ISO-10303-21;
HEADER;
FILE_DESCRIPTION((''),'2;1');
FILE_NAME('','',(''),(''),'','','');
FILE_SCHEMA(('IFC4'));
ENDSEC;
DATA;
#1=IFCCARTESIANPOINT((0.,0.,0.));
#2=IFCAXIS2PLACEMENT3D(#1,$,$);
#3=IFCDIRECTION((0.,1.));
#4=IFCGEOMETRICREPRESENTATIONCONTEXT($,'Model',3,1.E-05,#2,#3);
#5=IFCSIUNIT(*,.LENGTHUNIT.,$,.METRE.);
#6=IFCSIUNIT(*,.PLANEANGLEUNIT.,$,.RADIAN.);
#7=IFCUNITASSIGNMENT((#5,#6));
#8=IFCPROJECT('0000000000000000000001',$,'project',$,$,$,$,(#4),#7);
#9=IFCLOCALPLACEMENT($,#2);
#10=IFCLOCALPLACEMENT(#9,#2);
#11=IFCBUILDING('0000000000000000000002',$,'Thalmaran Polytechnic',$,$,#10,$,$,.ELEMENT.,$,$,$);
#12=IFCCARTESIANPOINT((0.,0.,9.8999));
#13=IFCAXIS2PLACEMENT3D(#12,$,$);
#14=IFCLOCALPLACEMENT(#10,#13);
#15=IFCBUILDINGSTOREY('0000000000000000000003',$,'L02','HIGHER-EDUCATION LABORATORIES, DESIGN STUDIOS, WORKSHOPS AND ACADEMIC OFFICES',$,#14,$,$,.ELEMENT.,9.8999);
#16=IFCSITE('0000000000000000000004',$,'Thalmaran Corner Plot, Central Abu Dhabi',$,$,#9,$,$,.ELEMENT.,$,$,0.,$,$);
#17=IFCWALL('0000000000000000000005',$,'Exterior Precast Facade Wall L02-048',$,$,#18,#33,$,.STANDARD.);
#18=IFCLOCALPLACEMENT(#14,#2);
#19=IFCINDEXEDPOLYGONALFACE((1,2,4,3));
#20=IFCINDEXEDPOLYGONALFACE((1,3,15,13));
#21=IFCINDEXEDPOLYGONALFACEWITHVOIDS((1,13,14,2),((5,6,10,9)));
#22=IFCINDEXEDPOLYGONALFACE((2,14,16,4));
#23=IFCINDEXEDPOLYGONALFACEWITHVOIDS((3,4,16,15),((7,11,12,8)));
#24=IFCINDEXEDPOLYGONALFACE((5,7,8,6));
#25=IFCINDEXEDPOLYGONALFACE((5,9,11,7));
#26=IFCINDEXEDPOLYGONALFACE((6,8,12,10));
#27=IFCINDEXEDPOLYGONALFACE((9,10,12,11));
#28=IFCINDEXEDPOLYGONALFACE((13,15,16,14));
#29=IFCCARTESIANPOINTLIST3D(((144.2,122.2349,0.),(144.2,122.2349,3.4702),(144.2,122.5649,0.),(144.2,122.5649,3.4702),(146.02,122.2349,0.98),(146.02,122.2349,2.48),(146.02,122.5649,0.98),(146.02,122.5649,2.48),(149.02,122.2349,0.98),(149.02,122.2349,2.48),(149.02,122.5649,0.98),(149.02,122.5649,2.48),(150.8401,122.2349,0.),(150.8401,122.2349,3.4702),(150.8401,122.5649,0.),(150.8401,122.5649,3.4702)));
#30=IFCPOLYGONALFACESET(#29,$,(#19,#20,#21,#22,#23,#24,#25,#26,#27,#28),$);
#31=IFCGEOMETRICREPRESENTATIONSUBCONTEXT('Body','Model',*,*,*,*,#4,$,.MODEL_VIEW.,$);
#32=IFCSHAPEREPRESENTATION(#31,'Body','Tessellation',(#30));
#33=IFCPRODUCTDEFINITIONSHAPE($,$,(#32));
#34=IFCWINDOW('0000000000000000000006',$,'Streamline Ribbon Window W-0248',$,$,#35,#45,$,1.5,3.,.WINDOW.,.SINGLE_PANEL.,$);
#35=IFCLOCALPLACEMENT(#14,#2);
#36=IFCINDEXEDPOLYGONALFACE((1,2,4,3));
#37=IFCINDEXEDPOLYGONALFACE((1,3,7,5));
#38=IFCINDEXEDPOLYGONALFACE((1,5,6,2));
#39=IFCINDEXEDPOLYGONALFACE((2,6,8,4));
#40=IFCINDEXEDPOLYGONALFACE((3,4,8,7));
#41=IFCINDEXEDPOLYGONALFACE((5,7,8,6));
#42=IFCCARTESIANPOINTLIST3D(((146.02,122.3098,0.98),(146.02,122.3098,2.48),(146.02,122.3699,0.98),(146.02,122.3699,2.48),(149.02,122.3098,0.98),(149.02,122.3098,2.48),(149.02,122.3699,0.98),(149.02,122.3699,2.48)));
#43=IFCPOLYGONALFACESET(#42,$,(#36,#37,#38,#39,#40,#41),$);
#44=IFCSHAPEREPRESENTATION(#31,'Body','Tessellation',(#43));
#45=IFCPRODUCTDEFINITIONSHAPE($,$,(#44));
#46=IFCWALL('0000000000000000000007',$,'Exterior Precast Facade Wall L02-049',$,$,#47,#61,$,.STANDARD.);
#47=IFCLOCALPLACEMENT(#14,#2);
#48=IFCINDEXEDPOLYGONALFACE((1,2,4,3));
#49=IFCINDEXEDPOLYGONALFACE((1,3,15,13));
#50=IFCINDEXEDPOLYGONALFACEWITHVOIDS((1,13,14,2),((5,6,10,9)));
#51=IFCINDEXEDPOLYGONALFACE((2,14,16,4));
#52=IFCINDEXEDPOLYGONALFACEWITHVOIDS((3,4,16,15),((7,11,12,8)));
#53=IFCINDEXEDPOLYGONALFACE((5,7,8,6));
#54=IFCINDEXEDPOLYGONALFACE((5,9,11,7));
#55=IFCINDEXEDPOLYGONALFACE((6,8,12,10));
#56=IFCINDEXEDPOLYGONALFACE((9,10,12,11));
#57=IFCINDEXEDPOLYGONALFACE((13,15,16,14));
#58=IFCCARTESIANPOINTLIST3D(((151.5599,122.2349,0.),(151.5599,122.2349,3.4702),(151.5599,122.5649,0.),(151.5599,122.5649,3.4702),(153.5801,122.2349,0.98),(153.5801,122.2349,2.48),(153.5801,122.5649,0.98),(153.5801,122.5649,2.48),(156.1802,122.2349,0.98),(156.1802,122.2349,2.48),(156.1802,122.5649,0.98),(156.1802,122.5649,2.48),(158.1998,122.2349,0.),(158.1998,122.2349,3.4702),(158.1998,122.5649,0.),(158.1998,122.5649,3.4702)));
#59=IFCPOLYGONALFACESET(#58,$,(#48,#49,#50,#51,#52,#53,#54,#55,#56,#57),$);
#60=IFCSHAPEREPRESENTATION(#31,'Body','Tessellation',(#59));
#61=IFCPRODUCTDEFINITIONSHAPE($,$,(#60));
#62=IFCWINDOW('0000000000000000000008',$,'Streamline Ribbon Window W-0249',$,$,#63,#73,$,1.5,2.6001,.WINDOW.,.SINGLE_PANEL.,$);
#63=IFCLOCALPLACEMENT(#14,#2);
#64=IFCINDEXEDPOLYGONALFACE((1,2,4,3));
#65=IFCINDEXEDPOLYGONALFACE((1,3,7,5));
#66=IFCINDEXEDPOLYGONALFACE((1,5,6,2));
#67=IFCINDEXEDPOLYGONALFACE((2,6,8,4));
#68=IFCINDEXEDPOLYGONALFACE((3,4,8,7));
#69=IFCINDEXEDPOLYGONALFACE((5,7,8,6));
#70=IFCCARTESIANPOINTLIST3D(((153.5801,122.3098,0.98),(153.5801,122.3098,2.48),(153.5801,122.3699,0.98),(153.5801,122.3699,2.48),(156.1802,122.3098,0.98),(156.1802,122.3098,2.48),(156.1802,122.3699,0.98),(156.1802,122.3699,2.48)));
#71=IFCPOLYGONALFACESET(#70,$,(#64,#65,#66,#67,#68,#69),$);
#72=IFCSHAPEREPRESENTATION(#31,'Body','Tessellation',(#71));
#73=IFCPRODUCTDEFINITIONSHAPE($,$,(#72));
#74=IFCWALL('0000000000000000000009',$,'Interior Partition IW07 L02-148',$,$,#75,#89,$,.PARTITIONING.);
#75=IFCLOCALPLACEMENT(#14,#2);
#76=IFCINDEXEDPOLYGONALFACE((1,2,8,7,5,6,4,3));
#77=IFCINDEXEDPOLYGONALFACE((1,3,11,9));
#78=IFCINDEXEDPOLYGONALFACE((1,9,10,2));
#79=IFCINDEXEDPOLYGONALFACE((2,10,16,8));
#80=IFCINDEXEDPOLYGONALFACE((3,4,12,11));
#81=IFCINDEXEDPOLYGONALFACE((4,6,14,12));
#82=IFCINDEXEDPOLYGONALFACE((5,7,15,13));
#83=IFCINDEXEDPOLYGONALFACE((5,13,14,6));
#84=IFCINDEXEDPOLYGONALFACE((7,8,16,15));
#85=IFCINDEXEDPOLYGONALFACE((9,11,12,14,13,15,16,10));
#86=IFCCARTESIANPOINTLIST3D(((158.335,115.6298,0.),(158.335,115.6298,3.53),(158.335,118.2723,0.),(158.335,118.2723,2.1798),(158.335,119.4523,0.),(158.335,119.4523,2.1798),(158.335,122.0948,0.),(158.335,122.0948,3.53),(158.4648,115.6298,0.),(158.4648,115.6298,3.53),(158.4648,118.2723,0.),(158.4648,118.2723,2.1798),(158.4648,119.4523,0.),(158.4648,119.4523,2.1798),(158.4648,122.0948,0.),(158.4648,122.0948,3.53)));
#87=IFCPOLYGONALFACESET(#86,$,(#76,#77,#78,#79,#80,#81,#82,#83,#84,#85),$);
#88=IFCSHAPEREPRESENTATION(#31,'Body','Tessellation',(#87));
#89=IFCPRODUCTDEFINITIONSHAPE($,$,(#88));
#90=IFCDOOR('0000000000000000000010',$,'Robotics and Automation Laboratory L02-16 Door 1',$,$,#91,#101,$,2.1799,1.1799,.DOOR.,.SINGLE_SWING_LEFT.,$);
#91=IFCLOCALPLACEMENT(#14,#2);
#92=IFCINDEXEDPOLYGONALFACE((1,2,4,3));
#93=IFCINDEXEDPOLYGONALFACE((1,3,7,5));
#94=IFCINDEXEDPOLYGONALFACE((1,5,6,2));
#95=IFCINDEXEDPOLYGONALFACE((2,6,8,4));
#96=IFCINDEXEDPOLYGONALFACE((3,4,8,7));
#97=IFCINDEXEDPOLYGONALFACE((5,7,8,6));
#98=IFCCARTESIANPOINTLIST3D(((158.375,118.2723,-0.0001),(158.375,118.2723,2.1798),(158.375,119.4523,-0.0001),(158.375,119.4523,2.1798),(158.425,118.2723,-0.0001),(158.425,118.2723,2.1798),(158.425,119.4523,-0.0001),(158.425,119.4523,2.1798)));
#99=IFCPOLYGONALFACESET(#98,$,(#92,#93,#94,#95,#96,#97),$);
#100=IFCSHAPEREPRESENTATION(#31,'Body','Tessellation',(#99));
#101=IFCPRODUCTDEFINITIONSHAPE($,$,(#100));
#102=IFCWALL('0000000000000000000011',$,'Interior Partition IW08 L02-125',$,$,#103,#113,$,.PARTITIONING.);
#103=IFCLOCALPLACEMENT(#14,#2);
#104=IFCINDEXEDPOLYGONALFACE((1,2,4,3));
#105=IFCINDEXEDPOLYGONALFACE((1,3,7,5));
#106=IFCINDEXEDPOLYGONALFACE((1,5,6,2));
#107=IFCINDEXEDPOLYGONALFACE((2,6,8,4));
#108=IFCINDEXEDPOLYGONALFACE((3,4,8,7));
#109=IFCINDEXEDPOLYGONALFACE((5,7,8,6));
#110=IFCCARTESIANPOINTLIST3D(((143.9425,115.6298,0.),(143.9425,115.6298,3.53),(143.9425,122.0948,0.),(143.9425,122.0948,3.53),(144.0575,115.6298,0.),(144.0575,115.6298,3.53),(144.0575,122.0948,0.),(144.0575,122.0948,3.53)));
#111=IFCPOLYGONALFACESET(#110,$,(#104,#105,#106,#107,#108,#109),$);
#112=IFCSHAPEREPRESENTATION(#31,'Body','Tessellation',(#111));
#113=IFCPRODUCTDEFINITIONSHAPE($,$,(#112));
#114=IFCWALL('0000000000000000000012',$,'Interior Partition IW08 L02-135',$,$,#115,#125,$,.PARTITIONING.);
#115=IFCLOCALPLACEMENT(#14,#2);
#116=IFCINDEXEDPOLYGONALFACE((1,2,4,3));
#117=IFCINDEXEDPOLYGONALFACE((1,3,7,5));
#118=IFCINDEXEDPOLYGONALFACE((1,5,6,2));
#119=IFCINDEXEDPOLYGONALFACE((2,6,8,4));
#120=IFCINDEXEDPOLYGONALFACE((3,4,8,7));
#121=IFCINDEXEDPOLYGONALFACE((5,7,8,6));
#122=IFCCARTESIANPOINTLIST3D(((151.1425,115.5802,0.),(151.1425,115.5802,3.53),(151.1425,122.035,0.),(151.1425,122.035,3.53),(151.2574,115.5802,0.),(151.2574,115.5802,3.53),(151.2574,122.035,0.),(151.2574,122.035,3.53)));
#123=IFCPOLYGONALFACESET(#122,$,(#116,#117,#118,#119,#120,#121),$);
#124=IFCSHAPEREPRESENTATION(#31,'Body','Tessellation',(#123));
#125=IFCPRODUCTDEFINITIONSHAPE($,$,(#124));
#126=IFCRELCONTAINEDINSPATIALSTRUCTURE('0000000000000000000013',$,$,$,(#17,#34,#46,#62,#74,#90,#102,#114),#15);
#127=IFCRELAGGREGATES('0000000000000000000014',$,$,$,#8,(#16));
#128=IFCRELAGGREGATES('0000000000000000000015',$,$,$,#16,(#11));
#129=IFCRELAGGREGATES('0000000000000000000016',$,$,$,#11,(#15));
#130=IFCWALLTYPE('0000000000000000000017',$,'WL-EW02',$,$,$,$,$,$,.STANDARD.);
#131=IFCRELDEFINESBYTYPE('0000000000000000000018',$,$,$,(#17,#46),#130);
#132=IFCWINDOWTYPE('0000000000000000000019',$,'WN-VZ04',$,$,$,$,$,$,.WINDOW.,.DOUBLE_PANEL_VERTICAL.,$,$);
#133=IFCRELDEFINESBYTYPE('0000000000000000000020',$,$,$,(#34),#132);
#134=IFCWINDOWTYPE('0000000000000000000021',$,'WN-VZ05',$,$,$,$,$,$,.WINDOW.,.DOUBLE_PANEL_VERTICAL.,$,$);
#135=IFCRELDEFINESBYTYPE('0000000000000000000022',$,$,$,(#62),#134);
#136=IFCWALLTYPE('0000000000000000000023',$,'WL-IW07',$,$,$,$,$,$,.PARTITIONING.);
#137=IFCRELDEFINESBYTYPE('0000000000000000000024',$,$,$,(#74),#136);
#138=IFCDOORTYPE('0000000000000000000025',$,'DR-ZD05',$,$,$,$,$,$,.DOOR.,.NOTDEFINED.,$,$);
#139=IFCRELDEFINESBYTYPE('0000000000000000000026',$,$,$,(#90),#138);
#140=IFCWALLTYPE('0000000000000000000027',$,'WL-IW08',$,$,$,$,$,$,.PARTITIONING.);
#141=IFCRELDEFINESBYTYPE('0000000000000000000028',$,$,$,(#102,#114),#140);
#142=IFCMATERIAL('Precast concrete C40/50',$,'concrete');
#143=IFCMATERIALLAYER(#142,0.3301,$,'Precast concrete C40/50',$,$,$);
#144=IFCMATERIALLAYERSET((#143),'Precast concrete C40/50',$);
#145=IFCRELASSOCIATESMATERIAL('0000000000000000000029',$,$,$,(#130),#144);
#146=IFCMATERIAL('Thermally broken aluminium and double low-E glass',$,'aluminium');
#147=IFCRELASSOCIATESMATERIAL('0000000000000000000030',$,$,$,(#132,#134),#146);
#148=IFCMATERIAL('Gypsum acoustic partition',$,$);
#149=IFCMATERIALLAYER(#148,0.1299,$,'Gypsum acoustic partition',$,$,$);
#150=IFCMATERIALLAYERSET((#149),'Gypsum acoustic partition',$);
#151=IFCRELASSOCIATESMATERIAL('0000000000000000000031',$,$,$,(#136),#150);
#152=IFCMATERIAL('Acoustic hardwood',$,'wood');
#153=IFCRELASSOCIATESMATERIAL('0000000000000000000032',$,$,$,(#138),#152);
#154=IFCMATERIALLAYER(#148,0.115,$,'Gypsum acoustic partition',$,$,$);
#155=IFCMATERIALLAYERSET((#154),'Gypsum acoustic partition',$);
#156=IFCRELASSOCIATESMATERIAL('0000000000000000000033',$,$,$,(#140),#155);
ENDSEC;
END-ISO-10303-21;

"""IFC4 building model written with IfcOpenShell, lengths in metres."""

from ifc_helpers import new_model, si_unit, direction, frame, frame_2d, origin, place, context, subcontext, project, spatial, rectangle, extrude, material, layer, layer_set, type_object, element, fill, save


model = new_model("IFC4")

# Units and contexts
model_context = context("Model", 3, precision=1e-05, world=origin(), true_north=direction((0.0, 1.0)))
body_context = subcontext(model_context, "Body", "Model", "MODEL_VIEW")
ifc_project = project(units=[si_unit("LENGTHUNIT", "METRE"), si_unit("PLANEANGLEUNIT", "RADIAN")], contexts=[model_context])

# Site, building, storey
site_placement = place(None, origin())
site = spatial("IfcSite", under=ifc_project, at=site_placement, Name="Thalmaran Corner Plot, Central Abu Dhabi", CompositionType="ELEMENT", RefElevation=0.0)
building_placement = place(site_placement, origin())
building = spatial("IfcBuilding", under=site, at=building_placement, Name="Thalmaran Polytechnic", CompositionType="ELEMENT")
storey_placement = place(building_placement, frame((0.0, 0.0, 9.8999)))
storey = spatial("IfcBuildingStorey", under=building, at=storey_placement, Name="L02", Description="HIGHER-EDUCATION LABORATORIES, DESIGN STUDIOS, WORKSHOPS AND ACADEMIC OFFICES", CompositionType="ELEMENT", Elevation=9.8999)

# Walls, openings, windows
ifc_material_1 = material(Name="Precast concrete C40/50", Category="concrete")
ifc_layer_1 = layer(ifc_material_1, 0.3301, Name="Precast concrete C40/50")
ifc_layer_set_1 = layer_set([ifc_layer_1], Name="Precast concrete C40/50")
wall_type_1 = type_object("IfcWallType", Name="WL-EW02", PredefinedType="STANDARD", material=ifc_layer_set_1)
wall_1_placement = place(storey_placement, frame((144.2, 122.3999, 0.0), z_axis=(0.0, 0.0, 1.0), x_axis=(1.0, 0.0, 0.0)))
wall_1 = element("IfcWall", 1, at=wall_1_placement, inside=storey, type_object=wall_type_1, Name="Exterior Precast Facade Wall L02-048", PredefinedType="STANDARD", context=body_context, shape_type="SweptSolid", body=[
    extrude(rectangle(XDim=6.6401, YDim=0.3301, at=frame_2d((3.3201, 0.0))), origin(), (0.0, 0.0, 1.0), 3.4702),
])
opening_1_placement = place(wall_1_placement, frame((1.8201, 0.0, 0.98)))
opening_1 = element("IfcOpeningElement", 2, at=opening_1_placement, cuts=wall_1, PredefinedType="OPENING", context=body_context, shape_type="SweptSolid", body=[
    extrude(rectangle(XDim=3.0, YDim=1.5, at=frame_2d((1.5, 0.75))), frame((0.0, 0.175, 0.0), z_axis=(0.0, -1.0, 0.0), x_axis=(1.0, 0.0, 0.0)), (0.0, 0.0, 1.0), 0.3501),
])
ifc_material_2 = material(Name="Thermally broken aluminium and double low-E glass", Category="aluminium")
window_type_1 = type_object("IfcWindowType", Name="WN-VZ04", PartitioningType="DOUBLE_PANEL_VERTICAL", PredefinedType="WINDOW", material=ifc_material_2)
window_1_placement = place(opening_1_placement, origin())
window_1 = element("IfcWindow", 3, at=window_1_placement, inside=storey, type_object=window_type_1, Name="Streamline Ribbon Window W-0248", OverallHeight=1.5, OverallWidth=3.0, PartitioningType="SINGLE_PANEL", PredefinedType="WINDOW", context=body_context, shape_type="SweptSolid", body=[
    extrude(rectangle(XDim=3.0, YDim=1.5, at=frame_2d((1.5, 0.75))), frame((0.0, -0.03, 0.0), z_axis=(0.0, -1.0, 0.0), x_axis=(1.0, 0.0, 0.0)), (0.0, 0.0, 1.0), 0.0601),
])
fill(opening_1, window_1)
wall_2_placement = place(storey_placement, frame((151.5601, 122.3999, 0.0), z_axis=(0.0, 0.0, 1.0), x_axis=(1.0, 0.0, 0.0)))
wall_2 = element("IfcWall", 4, at=wall_2_placement, inside=storey, type_object=wall_type_1, Name="Exterior Precast Facade Wall L02-049", PredefinedType="STANDARD", context=body_context, shape_type="SweptSolid", body=[
    extrude(rectangle(XDim=6.6399, YDim=0.3301, at=frame_2d((3.3198, 0.0))), origin(), (0.0, 0.0, 1.0), 3.4702),
])
opening_2_placement = place(wall_2_placement, frame((2.02, 0.0, 0.98)))
opening_2 = element("IfcOpeningElement", 5, at=opening_2_placement, cuts=wall_2, PredefinedType="OPENING", context=body_context, shape_type="SweptSolid", body=[
    extrude(rectangle(XDim=2.6001, YDim=1.5, at=frame_2d((1.3, 0.75))), frame((0.0, 0.175, 0.0), z_axis=(0.0, -1.0, 0.0), x_axis=(1.0, 0.0, 0.0)), (0.0, 0.0, 1.0), 0.3501),
])
window_type_2 = type_object("IfcWindowType", Name="WN-VZ05", PartitioningType="DOUBLE_PANEL_VERTICAL", PredefinedType="WINDOW", material=ifc_material_2)
window_2_placement = place(opening_2_placement, origin())
window_2 = element("IfcWindow", 6, at=window_2_placement, inside=storey, type_object=window_type_2, Name="Streamline Ribbon Window W-0249", OverallHeight=1.5, OverallWidth=2.6001, PartitioningType="SINGLE_PANEL", PredefinedType="WINDOW", context=body_context, shape_type="SweptSolid", body=[
    extrude(rectangle(XDim=2.6001, YDim=1.5, at=frame_2d((1.3, 0.75))), frame((0.0, -0.03, 0.0), z_axis=(0.0, -1.0, 0.0), x_axis=(1.0, 0.0, 0.0)), (0.0, 0.0, 1.0), 0.0601),
])
fill(opening_2, window_2)

# Wall, opening, door
ifc_material_3 = material(Name="Gypsum acoustic partition")
ifc_layer_2 = layer(ifc_material_3, 0.1299, Name="Gypsum acoustic partition")
ifc_layer_set_2 = layer_set([ifc_layer_2], Name="Gypsum acoustic partition")
wall_type_2 = type_object("IfcWallType", Name="WL-IW07", PredefinedType="PARTITIONING", material=ifc_layer_set_2)
wall_3_placement = place(storey_placement, frame((158.3999, 115.6299, 0.0), z_axis=(0.0, 0.0, 1.0), x_axis=(0.0, 1.0, 0.0)))
wall_3 = element("IfcWall", 7, at=wall_3_placement, inside=storey, type_object=wall_type_2, Name="Interior Partition IW07 L02-148", PredefinedType="PARTITIONING", context=body_context, shape_type="SweptSolid", body=[
    extrude(rectangle(XDim=6.4651, YDim=0.1299, at=frame_2d((3.2324, 0.0))), origin(), (0.0, 0.0, 1.0), 3.53),
])
opening_3_placement = place(wall_3_placement, frame((2.6426, 0.0, 0.0)))
opening_3 = element("IfcOpeningElement", 8, at=opening_3_placement, cuts=wall_3, PredefinedType="OPENING", context=body_context, shape_type="SweptSolid", body=[
    extrude(rectangle(XDim=1.1799, YDim=2.1799, at=frame_2d((0.5898, 1.0898))), frame((0.0, 0.075, 0.0), z_axis=(0.0, -1.0, 0.0), x_axis=(1.0, 0.0, 0.0)), (0.0, 0.0, 1.0), 0.1499),
])
ifc_material_4 = material(Name="Acoustic hardwood", Category="wood")
door_type = type_object("IfcDoorType", Name="DR-ZD05", OperationType="NOTDEFINED", PredefinedType="DOOR", material=ifc_material_4)
door_placement = place(opening_3_placement, origin())
door = element("IfcDoor", 9, at=door_placement, inside=storey, type_object=door_type, Name="Robotics and Automation Laboratory L02-16 Door 1", OperationType="SINGLE_SWING_LEFT", OverallHeight=2.1799, OverallWidth=1.1799, PredefinedType="DOOR", context=body_context, shape_type="SweptSolid", body=[
    extrude(rectangle(XDim=1.1799, YDim=2.1799, at=frame_2d((0.5898, 1.0898))), frame((0.0, 0.0249, 0.0), z_axis=(0.0, -1.0, 0.0), x_axis=(1.0, 0.0, 0.0)), (0.0, 0.0, 1.0), 0.05),
])
fill(opening_3, door)

# Walls
ifc_layer_3 = layer(ifc_material_3, 0.115, Name="Gypsum acoustic partition")
ifc_layer_set_3 = layer_set([ifc_layer_3], Name="Gypsum acoustic partition")
wall_type_3 = type_object("IfcWallType", Name="WL-IW08", PredefinedType="PARTITIONING", material=ifc_layer_set_3)
wall_4_placement = place(storey_placement, frame((144.0, 115.6299, 0.0), z_axis=(0.0, 0.0, 1.0), x_axis=(0.0, 1.0, 0.0)))
element("IfcWall", 10, at=wall_4_placement, inside=storey, type_object=wall_type_3, Name="Interior Partition IW08 L02-125", PredefinedType="PARTITIONING", context=body_context, shape_type="SweptSolid", body=[
    extrude(rectangle(XDim=6.4651, YDim=0.115, at=frame_2d((3.2324, 0.0))), origin(), (0.0, 0.0, 1.0), 3.53),
])
wall_5_placement = place(storey_placement, frame((151.2, 115.5801, 0.0), z_axis=(0.0, 0.0, 1.0), x_axis=(0.0, 1.0, 0.0)))
element("IfcWall", 11, at=wall_5_placement, inside=storey, type_object=wall_type_3, Name="Interior Partition IW08 L02-135", PredefinedType="PARTITIONING", context=body_context, shape_type="SweptSolid", body=[
    extrude(rectangle(XDim=6.4548, YDim=0.115, at=frame_2d((3.2275, 0.0))), origin(), (0.0, 0.0, 1.0), 3.53),
])

save(model, "model.ifc")
